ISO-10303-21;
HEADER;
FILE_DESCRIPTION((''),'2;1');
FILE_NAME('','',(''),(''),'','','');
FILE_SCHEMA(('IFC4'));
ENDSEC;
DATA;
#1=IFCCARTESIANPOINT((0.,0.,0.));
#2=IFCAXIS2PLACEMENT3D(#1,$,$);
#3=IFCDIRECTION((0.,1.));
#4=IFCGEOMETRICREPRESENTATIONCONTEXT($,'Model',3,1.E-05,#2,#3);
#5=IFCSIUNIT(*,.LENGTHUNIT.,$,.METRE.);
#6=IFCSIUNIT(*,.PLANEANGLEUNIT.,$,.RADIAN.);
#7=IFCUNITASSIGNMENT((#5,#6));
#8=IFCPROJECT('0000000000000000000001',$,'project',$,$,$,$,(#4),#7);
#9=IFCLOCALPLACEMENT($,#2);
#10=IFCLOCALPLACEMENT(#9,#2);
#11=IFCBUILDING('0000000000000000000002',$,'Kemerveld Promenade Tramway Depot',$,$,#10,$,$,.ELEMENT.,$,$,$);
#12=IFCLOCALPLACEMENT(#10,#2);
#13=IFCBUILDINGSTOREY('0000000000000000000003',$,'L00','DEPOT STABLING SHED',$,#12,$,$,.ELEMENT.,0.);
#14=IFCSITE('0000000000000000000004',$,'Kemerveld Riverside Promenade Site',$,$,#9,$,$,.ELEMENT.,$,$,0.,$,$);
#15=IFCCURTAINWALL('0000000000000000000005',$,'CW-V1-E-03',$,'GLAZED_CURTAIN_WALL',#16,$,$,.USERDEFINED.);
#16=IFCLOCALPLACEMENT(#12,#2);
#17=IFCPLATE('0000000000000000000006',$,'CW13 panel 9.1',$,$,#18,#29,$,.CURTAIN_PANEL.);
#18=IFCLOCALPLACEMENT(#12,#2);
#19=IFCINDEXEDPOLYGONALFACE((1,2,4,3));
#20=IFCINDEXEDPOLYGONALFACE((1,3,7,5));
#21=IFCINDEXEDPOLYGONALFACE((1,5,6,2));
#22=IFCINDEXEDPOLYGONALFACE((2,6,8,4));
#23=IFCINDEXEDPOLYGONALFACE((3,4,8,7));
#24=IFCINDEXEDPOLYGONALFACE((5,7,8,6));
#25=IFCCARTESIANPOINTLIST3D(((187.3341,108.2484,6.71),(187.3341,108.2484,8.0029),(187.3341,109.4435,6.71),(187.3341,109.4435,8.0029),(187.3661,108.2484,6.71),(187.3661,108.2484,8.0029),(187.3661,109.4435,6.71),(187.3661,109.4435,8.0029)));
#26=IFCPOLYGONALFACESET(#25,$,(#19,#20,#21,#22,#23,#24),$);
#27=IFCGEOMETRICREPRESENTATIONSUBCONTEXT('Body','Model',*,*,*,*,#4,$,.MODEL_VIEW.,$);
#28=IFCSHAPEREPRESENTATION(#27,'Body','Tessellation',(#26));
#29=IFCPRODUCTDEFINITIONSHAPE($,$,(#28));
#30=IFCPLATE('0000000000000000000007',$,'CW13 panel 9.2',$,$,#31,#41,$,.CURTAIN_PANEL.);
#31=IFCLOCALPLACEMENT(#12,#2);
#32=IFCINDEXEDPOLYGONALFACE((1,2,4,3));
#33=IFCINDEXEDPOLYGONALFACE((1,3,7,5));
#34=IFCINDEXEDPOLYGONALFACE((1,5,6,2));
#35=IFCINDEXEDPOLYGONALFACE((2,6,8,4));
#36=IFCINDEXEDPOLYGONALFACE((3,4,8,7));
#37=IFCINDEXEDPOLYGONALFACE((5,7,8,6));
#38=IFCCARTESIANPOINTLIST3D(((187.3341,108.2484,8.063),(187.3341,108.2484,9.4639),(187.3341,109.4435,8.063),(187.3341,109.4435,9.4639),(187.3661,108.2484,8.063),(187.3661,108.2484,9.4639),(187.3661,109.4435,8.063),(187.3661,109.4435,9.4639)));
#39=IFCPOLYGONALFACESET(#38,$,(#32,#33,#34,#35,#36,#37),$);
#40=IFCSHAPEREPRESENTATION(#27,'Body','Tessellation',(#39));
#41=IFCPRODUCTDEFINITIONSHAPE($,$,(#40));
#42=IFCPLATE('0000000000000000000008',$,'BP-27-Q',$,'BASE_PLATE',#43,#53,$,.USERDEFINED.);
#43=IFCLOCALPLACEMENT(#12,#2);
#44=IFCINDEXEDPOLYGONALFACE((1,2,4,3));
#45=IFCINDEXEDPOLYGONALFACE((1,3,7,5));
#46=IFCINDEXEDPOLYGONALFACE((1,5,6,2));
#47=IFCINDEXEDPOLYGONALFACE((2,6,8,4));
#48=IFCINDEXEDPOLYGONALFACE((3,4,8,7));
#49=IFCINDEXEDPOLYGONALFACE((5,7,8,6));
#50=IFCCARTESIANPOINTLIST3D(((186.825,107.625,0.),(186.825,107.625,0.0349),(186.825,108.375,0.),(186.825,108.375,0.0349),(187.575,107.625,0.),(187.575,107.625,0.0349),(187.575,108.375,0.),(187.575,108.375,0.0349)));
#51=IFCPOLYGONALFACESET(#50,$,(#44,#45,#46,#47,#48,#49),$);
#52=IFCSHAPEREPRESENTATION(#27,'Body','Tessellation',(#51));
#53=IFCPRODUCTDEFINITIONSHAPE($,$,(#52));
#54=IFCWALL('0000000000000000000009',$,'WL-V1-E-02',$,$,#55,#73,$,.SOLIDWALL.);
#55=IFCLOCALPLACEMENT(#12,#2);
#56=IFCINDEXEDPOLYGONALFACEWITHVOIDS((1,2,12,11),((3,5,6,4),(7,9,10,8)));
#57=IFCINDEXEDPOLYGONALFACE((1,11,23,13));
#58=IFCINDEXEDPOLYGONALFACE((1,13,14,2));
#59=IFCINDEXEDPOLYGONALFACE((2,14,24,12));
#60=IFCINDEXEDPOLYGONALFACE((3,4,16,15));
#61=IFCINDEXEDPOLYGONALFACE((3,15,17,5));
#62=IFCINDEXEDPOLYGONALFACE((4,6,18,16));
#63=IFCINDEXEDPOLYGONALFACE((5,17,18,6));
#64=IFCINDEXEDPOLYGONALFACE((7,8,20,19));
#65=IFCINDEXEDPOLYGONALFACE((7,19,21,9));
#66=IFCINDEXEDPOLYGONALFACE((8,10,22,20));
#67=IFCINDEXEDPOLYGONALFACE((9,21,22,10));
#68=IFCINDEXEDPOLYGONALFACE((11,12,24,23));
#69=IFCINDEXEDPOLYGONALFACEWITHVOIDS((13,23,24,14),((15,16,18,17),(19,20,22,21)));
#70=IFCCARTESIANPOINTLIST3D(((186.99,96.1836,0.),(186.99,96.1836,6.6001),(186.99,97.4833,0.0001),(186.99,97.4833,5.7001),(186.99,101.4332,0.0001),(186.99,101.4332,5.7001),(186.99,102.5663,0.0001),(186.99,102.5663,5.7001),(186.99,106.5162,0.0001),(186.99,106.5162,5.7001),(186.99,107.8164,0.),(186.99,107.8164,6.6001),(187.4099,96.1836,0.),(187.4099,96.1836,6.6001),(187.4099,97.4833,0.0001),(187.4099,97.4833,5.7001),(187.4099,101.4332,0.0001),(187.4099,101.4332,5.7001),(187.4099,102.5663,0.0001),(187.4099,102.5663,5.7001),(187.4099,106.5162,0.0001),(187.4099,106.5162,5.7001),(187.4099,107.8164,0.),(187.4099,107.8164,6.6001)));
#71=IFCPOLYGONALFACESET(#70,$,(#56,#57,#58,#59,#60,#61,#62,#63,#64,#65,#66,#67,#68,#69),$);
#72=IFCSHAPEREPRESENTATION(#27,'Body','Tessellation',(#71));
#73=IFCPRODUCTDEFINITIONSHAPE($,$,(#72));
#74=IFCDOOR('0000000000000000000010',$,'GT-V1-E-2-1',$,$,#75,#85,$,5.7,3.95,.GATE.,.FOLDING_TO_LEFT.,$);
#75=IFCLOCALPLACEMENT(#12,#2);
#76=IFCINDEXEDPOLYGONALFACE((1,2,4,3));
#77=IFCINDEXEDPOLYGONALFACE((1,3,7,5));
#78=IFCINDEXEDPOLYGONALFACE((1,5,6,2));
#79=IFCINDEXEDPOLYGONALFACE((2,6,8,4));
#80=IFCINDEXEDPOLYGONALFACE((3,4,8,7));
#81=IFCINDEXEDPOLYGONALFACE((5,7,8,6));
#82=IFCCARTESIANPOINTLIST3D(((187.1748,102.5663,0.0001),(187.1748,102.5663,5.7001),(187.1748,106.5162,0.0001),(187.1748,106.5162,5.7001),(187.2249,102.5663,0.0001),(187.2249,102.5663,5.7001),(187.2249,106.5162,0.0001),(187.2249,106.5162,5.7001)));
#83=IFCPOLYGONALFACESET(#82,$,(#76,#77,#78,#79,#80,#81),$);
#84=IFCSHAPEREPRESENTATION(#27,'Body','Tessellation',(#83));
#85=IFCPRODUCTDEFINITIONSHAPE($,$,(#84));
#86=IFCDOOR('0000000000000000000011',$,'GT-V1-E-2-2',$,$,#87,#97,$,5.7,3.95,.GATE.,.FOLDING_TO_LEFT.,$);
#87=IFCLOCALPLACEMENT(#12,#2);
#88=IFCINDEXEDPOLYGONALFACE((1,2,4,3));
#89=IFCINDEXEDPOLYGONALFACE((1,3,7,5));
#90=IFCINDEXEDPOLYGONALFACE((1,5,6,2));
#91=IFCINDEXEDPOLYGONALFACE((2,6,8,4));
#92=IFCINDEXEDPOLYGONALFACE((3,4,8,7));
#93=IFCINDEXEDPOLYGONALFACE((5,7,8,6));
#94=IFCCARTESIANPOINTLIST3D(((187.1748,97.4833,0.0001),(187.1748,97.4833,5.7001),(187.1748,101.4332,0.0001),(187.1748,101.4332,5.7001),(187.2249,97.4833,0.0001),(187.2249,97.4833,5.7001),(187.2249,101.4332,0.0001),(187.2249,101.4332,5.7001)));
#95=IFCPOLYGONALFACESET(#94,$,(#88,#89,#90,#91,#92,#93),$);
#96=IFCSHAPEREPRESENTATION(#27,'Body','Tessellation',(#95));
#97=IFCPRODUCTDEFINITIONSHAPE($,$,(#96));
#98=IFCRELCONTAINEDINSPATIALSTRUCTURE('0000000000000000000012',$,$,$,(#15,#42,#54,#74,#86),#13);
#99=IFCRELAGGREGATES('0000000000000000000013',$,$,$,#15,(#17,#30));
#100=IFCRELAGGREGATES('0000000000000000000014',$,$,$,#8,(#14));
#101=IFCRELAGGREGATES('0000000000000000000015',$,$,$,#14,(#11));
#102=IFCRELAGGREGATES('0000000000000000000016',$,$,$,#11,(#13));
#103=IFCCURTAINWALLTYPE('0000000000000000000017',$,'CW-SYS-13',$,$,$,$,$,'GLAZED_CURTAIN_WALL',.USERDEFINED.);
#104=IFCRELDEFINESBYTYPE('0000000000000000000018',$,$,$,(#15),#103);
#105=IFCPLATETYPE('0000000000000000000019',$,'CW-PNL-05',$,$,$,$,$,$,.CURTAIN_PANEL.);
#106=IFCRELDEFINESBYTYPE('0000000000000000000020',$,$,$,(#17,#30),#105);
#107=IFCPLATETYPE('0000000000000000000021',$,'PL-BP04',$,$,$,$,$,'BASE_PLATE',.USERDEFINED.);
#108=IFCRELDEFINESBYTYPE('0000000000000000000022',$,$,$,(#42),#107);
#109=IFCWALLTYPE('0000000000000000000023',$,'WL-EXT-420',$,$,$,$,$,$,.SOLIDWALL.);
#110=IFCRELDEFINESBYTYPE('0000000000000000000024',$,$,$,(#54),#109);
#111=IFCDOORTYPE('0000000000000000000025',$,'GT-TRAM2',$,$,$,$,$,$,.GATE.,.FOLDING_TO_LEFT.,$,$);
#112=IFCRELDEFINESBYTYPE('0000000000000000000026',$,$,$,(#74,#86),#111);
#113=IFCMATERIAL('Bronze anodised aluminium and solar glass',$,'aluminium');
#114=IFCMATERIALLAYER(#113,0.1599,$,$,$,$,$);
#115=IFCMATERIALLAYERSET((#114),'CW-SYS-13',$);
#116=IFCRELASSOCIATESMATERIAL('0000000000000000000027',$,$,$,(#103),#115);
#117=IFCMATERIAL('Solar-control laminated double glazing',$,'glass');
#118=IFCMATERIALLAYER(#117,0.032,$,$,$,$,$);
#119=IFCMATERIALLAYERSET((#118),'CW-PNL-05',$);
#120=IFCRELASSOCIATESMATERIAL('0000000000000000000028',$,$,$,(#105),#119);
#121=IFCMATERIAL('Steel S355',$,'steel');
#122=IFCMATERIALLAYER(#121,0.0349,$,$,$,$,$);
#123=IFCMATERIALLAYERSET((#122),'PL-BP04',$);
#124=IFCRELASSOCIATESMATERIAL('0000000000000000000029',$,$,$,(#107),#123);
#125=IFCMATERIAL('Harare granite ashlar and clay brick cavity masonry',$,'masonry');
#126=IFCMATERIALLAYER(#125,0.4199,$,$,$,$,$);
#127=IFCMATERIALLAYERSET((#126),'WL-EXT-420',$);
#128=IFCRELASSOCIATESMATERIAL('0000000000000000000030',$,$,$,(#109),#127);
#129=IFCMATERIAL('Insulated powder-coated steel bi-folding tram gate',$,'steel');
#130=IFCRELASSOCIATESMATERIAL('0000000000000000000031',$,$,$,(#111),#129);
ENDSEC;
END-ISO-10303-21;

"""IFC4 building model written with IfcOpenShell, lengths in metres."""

from ifc_helpers import new_model, si_unit, direction, frame, frame_2d, origin, origin_2d, place, context, subcontext, project, spatial, rectangle, extrude, material, layer, layer_set, type_object, element, fill, aggregate, save


model = new_model("IFC4")

# Units and contexts
model_context = context("Model", 3, precision=1e-05, world=origin(), true_north=direction((0.0, 1.0)))
body_context = subcontext(model_context, "Body", "Model", "MODEL_VIEW")
ifc_project = project(units=[si_unit("LENGTHUNIT", "METRE"), si_unit("PLANEANGLEUNIT", "RADIAN")], contexts=[model_context])

# Site, building, storey
site_placement = place(None, origin())
site = spatial("IfcSite", under=ifc_project, at=site_placement, Name="Kemerveld Riverside Promenade Site", CompositionType="ELEMENT", RefElevation=0.0)
building_placement = place(site_placement, origin())
building = spatial("IfcBuilding", under=site, at=building_placement, Name="Kemerveld Promenade Tramway Depot", CompositionType="ELEMENT")
storey_placement = place(building_placement, origin())
storey = spatial("IfcBuildingStorey", under=building, at=storey_placement, Name="L00", Description="DEPOT STABLING SHED", CompositionType="ELEMENT", Elevation=0.0)

# Shared definitions
ifc_material_1 = material(Name="Steel S355", Category="steel")

# Curtain wall
ifc_material_2 = material(Name="Bronze anodised aluminium and solar glass", Category="aluminium")
ifc_layer_1 = layer(ifc_material_2, 0.1599)
ifc_layer_set_1 = layer_set([ifc_layer_1], Name="CW-SYS-13")
curtain_wall_type_1 = type_object("IfcCurtainWallType", Name="CW-SYS-13", ElementType="GLAZED_CURTAIN_WALL", PredefinedType="USERDEFINED", material=ifc_layer_set_1)
curtain_wall_1_placement = place(storey_placement, origin())
curtain_wall_1 = element("IfcCurtainWall", 1, at=curtain_wall_1_placement, inside=storey, type_object=curtain_wall_type_1, Name="CW-V1-E-03", ObjectType="GLAZED_CURTAIN_WALL", PredefinedType="USERDEFINED")

# Plates
ifc_material_3 = material(Name="Solar-control laminated double glazing", Category="glass")
ifc_layer_2 = layer(ifc_material_3, 0.032)
ifc_layer_set_2 = layer_set([ifc_layer_2], Name="CW-PNL-05")
plate_type_1 = type_object("IfcPlateType", Name="CW-PNL-05", PredefinedType="CURTAIN_PANEL", material=ifc_layer_set_2)
plate_1_placement = place(storey_placement, frame((187.3501, 108.8459, 6.71), z_axis=(0.0, 0.0, 1.0), x_axis=(0.0, -1.0, 0.0)))
plate_1 = element("IfcPlate", 2, at=plate_1_placement, type_object=plate_type_1, Name="CW13 panel 9.1", PredefinedType="CURTAIN_PANEL", context=body_context, shape_type="SweptSolid", body=[
    extrude(rectangle(XDim=1.1951, YDim=0.032, at=origin_2d()), origin(), (0.0, 0.0, 1.0), 1.293),
])
plate_2_placement = place(storey_placement, frame((187.3501, 108.8459, 8.063), z_axis=(0.0, 0.0, 1.0), x_axis=(0.0, -1.0, 0.0)))
plate_2 = element("IfcPlate", 3, at=plate_2_placement, type_object=plate_type_1, Name="CW13 panel 9.2", PredefinedType="CURTAIN_PANEL", context=body_context, shape_type="SweptSolid", body=[
    extrude(rectangle(XDim=1.1951, YDim=0.032, at=origin_2d()), origin(), (0.0, 0.0, 1.0), 1.4009),
])
aggregate(curtain_wall_1, [plate_1, plate_2])
ifc_layer_3 = layer(ifc_material_1, 0.0349)
ifc_layer_set_3 = layer_set([ifc_layer_3], Name="PL-BP04")
plate_type_2 = type_object("IfcPlateType", Name="PL-BP04", ElementType="BASE_PLATE", PredefinedType="USERDEFINED", material=ifc_layer_set_3)
plate_3_placement = place(storey_placement, frame((187.2, 108.0, 0.0), z_axis=(0.0, 0.0, 1.0), x_axis=(1.0, 0.0, 0.0)))
element("IfcPlate", 4, at=plate_3_placement, inside=storey, type_object=plate_type_2, Name="BP-27-Q", ObjectType="BASE_PLATE", PredefinedType="USERDEFINED", context=body_context, shape_type="SweptSolid", body=[
    extrude(rectangle(XDim=0.75, YDim=0.75, at=origin_2d()), origin(), (0.0, 0.0, 1.0), 0.0349),
])

# Wall, openings, doors
ifc_material_4 = material(Name="Harare granite ashlar and clay brick cavity masonry", Category="masonry")
ifc_layer_4 = layer(ifc_material_4, 0.4199)
ifc_layer_set_4 = layer_set([ifc_layer_4], Name="WL-EXT-420")
wall_type = type_object("IfcWallType", Name="WL-EXT-420", PredefinedType="SOLIDWALL", material=ifc_layer_set_4)
wall_placement = place(storey_placement, frame((187.2, 107.8164, 0.0), z_axis=(0.0, 0.0, 1.0), x_axis=(0.0, -1.0, 0.0)))
wall = element("IfcWall", 5, at=wall_placement, inside=storey, type_object=wall_type, Name="WL-V1-E-02", PredefinedType="SOLIDWALL", context=body_context, shape_type="SweptSolid", body=[
    extrude(rectangle(XDim=11.6328, YDim=0.4199, at=frame_2d((5.8164, 0.0))), origin(), (0.0, 0.0, 1.0), 6.6001),
])
opening_1_placement = place(wall_placement, frame((1.3, 0.0, 0.0)))
opening_1 = element("IfcOpeningElement", 6, at=opening_1_placement, cuts=wall, PredefinedType="OPENING", context=body_context, shape_type="SweptSolid", body=[
    extrude(rectangle(XDim=3.95, YDim=5.7, at=frame_2d((1.9751, 2.8501))), frame((0.0, 0.22, 0.0), z_axis=(0.0, -1.0, 0.0), x_axis=(1.0, 0.0, 0.0)), (0.0, 0.0, 1.0), 0.4399),
])
opening_2_placement = place(wall_placement, frame((6.3831, 0.0, 0.0)))
opening_2 = element("IfcOpeningElement", 7, at=opening_2_placement, cuts=wall, PredefinedType="OPENING", context=body_context, shape_type="SweptSolid", body=[
    extrude(rectangle(XDim=3.95, YDim=5.7, at=frame_2d((1.9751, 2.8501))), frame((0.0, 0.22, 0.0), z_axis=(0.0, -1.0, 0.0), x_axis=(1.0, 0.0, 0.0)), (0.0, 0.0, 1.0), 0.4399),
])
ifc_material_5 = material(Name="Insulated powder-coated steel bi-folding tram gate", Category="steel")
door_type = type_object("IfcDoorType", Name="GT-TRAM2", OperationType="FOLDING_TO_LEFT", PredefinedType="GATE", material=ifc_material_5)
door_1_placement = place(opening_1_placement, origin())
door_1 = element("IfcDoor", 8, at=door_1_placement, inside=storey, type_object=door_type, Name="GT-V1-E-2-1", OperationType="FOLDING_TO_LEFT", OverallHeight=5.7, OverallWidth=3.95, PredefinedType="GATE", context=body_context, shape_type="SweptSolid", body=[
    extrude(rectangle(XDim=3.95, YDim=5.7, at=frame_2d((1.9751, 2.8501))), frame((0.0, 0.0249, 0.0), z_axis=(0.0, -1.0, 0.0), x_axis=(1.0, 0.0, 0.0)), (0.0, 0.0, 1.0), 0.05),
])
fill(opening_1, door_1)
door_2_placement = place(opening_2_placement, origin())
door_2 = element("IfcDoor", 9, at=door_2_placement, inside=storey, type_object=door_type, Name="GT-V1-E-2-2", OperationType="FOLDING_TO_LEFT", OverallHeight=5.7, OverallWidth=3.95, PredefinedType="GATE", context=body_context, shape_type="SweptSolid", body=[
    extrude(rectangle(XDim=3.95, YDim=5.7, at=frame_2d((1.9751, 2.8501))), frame((0.0, 0.0249, 0.0), z_axis=(0.0, -1.0, 0.0), x_axis=(1.0, 0.0, 0.0)), (0.0, 0.0, 1.0), 0.05),
])
fill(opening_2, door_2)

save(model, "model.ifc")
